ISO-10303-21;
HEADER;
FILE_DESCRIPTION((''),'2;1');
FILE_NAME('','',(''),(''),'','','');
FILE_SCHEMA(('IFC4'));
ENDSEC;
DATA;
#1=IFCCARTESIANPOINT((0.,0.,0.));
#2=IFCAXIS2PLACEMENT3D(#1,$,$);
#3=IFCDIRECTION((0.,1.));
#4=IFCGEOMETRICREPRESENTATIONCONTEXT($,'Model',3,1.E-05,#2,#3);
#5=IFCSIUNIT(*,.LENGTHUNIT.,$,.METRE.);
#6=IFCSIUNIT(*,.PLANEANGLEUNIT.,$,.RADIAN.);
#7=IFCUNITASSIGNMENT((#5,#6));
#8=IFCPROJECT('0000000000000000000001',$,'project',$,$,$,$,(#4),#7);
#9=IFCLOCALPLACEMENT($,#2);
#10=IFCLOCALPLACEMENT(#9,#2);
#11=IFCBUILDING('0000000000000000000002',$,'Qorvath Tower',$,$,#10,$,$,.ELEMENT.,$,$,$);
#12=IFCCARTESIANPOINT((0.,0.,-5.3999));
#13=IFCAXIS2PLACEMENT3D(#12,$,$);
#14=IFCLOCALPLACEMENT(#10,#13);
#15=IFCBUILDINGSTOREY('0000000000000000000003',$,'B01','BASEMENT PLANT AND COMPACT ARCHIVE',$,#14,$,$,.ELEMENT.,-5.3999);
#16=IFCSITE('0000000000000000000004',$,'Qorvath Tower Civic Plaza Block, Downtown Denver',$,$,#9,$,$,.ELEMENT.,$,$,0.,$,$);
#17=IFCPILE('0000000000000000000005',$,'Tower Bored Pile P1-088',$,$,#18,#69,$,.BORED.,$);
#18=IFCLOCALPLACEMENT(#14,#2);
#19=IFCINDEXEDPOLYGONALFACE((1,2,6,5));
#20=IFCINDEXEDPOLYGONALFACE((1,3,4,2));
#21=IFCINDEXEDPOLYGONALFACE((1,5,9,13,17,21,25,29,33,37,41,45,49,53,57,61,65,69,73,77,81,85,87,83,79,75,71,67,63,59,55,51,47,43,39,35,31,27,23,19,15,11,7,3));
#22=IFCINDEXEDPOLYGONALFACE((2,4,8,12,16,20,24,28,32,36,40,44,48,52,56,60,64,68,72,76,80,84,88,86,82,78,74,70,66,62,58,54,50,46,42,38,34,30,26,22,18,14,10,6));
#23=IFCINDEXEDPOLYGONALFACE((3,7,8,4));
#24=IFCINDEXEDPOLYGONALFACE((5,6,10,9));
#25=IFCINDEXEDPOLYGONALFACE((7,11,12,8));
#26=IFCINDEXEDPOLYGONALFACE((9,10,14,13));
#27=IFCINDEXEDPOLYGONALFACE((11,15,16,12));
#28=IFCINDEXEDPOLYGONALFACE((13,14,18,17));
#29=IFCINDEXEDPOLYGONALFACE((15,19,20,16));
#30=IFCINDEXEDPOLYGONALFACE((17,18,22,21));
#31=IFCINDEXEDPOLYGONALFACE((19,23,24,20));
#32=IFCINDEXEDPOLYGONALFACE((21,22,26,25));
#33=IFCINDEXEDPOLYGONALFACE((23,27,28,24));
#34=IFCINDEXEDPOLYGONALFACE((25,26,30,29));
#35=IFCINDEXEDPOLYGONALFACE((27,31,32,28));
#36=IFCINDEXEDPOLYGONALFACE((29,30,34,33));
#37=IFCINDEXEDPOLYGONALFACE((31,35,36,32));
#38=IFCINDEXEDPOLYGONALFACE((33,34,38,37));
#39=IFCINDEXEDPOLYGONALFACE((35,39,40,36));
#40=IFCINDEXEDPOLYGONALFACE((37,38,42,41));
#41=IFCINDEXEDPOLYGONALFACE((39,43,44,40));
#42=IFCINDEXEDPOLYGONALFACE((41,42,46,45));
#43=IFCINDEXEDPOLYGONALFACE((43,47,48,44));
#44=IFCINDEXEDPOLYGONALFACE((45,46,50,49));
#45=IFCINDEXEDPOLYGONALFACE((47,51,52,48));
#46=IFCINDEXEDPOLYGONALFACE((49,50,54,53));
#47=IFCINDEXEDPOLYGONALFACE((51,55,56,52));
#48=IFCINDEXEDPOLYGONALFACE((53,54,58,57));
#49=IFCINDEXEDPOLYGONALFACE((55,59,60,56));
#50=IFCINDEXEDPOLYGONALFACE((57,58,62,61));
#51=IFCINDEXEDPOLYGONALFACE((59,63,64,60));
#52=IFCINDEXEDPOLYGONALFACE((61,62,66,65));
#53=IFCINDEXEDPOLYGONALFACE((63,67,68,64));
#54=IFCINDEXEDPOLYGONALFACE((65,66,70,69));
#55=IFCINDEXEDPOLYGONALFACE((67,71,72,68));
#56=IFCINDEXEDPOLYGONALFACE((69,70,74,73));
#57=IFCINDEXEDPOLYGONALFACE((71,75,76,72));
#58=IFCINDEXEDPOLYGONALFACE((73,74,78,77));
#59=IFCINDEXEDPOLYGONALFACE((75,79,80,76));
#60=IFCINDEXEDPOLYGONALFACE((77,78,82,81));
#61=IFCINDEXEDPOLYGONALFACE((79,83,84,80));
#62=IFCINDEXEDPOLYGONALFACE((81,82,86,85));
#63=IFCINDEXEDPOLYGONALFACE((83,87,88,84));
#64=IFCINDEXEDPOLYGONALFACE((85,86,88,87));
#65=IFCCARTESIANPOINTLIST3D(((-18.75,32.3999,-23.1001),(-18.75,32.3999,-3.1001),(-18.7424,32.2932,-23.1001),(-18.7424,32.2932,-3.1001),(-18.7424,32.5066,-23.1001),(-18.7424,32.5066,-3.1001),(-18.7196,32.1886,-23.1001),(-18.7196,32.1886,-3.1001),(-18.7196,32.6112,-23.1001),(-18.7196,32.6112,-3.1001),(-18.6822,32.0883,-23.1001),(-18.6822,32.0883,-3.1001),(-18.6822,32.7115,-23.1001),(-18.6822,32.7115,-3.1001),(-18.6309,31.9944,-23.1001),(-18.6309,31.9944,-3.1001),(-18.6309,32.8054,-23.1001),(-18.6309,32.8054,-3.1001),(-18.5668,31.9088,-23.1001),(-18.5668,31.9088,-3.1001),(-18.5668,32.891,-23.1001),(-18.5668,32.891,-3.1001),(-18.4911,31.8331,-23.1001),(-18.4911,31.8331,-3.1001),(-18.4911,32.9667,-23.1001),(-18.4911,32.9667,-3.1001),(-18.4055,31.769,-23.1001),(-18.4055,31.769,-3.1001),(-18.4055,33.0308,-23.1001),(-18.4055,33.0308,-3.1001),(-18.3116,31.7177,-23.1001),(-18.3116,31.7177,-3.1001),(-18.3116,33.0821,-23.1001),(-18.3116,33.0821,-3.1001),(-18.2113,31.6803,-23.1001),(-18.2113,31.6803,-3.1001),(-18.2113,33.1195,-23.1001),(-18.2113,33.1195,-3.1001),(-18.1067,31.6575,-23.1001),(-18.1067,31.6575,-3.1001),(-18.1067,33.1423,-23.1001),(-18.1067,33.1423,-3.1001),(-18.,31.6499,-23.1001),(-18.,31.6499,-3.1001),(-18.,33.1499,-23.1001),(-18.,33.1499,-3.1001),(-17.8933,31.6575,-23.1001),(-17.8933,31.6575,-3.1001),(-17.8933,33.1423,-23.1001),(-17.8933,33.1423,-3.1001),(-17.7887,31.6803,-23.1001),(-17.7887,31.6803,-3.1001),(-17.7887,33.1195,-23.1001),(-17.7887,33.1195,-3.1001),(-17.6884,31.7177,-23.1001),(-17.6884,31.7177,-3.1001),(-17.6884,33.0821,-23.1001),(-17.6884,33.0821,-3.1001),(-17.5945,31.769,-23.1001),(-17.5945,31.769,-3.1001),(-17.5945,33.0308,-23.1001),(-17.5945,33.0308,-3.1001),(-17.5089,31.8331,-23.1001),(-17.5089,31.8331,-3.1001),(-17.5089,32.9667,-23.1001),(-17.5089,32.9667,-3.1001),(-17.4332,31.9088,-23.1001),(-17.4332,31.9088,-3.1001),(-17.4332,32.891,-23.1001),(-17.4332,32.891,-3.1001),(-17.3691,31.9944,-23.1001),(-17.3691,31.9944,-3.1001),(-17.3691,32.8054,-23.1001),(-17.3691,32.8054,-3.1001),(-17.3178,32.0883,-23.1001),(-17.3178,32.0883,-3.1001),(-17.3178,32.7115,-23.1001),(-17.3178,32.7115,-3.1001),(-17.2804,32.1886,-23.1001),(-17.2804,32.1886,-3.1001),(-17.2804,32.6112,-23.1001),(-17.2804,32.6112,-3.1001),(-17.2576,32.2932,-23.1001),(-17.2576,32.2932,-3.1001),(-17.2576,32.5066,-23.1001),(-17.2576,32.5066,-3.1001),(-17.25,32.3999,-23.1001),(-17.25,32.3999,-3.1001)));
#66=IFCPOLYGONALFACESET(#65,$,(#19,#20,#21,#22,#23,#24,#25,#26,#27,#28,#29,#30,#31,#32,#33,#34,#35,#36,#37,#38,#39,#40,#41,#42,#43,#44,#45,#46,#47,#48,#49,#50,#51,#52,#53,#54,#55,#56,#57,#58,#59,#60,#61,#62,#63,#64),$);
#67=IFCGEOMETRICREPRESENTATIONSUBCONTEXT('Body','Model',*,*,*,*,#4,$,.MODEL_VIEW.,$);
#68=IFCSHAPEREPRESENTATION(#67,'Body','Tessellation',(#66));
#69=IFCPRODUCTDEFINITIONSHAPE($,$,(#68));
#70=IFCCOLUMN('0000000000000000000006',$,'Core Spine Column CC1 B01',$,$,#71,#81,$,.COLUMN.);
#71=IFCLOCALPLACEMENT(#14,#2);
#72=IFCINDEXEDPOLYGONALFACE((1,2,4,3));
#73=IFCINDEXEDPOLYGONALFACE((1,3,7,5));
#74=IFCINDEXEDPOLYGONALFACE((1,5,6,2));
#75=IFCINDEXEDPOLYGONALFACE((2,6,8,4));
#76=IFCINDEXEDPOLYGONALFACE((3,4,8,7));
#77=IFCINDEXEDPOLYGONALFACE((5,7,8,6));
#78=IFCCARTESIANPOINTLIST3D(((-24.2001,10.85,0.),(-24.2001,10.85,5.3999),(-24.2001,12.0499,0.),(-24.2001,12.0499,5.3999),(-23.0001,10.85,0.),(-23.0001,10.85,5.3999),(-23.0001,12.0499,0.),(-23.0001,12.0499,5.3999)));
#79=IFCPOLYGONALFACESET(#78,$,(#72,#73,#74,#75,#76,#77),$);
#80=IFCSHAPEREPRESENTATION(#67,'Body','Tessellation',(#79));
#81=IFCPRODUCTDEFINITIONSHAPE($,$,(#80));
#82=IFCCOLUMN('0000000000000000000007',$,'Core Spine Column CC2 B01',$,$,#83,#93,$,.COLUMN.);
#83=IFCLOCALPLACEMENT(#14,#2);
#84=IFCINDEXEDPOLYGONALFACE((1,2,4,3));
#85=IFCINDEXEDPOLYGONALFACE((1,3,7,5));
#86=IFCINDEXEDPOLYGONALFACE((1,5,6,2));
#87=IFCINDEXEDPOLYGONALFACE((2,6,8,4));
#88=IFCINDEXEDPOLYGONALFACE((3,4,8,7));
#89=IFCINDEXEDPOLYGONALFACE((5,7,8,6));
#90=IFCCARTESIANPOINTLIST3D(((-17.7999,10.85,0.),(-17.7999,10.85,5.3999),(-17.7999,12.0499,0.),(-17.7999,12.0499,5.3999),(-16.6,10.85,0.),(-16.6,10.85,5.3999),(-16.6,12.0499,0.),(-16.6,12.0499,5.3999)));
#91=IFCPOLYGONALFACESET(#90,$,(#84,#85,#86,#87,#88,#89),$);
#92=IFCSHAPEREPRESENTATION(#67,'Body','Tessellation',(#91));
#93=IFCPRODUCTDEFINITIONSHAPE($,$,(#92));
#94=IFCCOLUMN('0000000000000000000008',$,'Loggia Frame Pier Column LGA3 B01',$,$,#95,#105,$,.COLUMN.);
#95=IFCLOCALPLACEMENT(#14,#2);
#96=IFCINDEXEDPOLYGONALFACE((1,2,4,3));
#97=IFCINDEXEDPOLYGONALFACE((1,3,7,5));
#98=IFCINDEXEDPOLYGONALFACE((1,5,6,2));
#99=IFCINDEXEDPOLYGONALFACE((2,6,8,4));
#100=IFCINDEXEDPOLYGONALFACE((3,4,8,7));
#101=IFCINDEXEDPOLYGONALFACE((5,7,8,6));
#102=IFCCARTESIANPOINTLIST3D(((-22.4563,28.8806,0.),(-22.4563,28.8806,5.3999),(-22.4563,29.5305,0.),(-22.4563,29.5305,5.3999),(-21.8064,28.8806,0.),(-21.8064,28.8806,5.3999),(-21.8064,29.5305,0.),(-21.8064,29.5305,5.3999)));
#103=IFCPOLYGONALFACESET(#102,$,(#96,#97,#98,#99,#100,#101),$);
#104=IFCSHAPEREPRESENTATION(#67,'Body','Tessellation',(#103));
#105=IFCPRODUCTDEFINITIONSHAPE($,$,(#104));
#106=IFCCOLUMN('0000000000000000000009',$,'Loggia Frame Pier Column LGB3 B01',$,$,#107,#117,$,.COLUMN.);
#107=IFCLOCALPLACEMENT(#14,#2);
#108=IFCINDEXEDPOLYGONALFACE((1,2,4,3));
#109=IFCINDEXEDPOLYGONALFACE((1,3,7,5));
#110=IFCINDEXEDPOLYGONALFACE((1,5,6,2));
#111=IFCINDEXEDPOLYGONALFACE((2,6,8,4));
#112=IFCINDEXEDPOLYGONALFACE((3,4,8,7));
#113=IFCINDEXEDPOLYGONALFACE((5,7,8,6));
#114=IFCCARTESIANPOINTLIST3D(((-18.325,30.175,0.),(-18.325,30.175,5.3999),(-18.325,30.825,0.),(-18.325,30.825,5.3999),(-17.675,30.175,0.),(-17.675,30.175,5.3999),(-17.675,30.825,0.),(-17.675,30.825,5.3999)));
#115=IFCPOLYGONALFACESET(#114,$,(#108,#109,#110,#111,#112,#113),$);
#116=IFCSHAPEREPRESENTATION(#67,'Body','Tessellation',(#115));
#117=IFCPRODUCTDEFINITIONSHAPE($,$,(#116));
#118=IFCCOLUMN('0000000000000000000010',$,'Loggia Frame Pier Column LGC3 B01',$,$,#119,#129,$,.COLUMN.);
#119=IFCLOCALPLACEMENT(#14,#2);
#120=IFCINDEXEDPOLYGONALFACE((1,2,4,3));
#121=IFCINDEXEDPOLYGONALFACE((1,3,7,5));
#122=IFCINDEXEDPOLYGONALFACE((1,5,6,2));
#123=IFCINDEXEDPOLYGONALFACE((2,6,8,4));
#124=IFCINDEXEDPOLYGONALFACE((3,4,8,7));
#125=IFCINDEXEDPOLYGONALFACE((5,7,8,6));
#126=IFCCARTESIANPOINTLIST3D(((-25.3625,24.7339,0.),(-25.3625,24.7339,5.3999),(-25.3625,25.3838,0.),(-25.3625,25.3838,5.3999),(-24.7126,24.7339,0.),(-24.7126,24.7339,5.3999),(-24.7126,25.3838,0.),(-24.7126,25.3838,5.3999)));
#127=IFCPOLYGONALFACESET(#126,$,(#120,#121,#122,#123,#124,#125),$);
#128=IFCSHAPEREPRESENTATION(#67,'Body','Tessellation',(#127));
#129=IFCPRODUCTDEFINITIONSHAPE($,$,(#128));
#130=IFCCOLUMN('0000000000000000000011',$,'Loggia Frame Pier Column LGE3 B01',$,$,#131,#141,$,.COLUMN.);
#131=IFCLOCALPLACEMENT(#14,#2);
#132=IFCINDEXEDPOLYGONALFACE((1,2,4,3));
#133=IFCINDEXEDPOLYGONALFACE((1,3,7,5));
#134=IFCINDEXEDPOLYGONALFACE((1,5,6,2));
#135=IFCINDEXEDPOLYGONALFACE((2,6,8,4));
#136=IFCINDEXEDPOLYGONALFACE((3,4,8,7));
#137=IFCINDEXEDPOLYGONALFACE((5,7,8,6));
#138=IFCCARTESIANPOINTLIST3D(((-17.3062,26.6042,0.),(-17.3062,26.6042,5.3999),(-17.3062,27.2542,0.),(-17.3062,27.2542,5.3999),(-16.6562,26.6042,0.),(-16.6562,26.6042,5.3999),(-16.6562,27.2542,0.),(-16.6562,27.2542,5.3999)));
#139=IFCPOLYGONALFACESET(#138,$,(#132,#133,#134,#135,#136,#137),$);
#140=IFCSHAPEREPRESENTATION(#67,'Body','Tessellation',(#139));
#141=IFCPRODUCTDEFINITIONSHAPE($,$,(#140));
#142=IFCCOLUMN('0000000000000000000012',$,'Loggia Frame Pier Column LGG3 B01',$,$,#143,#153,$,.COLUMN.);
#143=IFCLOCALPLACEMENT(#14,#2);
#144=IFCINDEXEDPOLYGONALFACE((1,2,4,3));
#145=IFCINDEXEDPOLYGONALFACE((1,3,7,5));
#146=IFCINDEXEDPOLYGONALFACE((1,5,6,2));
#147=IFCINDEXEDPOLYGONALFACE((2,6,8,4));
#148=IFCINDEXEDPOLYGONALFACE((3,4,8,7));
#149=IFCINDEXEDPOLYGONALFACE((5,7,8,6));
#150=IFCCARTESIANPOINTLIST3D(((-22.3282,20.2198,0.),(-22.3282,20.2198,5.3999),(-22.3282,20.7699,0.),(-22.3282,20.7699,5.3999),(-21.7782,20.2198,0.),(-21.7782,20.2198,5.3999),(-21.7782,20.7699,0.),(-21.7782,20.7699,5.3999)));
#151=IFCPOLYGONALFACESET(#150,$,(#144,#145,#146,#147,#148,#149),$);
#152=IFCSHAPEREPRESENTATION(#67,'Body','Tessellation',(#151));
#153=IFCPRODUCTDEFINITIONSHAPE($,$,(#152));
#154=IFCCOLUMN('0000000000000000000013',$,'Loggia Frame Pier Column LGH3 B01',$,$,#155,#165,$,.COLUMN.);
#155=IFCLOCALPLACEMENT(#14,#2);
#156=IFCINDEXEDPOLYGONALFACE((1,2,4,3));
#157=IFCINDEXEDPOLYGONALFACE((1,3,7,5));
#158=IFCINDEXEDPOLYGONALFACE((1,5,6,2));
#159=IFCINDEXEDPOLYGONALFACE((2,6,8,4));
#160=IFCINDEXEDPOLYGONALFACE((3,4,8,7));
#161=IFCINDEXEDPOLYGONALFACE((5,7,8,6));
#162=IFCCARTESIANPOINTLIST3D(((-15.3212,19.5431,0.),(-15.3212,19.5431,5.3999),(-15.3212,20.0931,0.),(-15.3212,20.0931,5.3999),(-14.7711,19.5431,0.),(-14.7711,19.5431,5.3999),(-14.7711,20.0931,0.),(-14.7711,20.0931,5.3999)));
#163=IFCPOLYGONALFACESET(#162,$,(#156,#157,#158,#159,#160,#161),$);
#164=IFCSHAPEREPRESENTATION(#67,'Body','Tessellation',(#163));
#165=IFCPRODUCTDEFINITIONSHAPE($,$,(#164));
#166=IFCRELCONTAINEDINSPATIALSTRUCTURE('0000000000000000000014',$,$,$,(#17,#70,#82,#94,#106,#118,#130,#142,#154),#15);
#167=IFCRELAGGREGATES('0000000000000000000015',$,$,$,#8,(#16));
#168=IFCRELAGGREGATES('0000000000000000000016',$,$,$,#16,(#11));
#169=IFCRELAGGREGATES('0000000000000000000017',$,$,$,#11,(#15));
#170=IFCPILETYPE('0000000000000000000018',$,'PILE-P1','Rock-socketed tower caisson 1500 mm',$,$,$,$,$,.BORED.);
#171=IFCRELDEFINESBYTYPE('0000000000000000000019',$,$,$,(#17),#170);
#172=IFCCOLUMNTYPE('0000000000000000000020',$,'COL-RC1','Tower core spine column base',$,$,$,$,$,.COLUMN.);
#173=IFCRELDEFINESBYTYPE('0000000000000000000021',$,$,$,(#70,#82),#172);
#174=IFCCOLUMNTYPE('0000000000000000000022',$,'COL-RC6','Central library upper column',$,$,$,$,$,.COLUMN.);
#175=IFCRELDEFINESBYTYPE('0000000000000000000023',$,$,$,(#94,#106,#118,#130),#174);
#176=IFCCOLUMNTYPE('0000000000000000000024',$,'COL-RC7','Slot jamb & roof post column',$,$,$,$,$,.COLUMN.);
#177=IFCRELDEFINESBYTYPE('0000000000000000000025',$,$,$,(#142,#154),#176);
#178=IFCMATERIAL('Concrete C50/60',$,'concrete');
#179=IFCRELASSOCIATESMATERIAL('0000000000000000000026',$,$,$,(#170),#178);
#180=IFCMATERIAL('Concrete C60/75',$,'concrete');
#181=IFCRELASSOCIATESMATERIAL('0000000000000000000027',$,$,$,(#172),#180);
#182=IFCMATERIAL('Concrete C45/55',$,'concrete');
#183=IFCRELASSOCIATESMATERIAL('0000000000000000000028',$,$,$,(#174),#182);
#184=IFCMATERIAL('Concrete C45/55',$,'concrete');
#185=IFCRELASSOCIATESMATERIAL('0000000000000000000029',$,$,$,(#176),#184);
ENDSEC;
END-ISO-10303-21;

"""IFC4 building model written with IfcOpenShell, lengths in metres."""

from ifc_helpers import new_model, si_unit, direction, frame, origin, origin_2d, place, context, subcontext, project, spatial, rectangle, circle, extrude, material, material_profile, profile_set, type_object, element, save


model = new_model("IFC4")

# Units and contexts
model_context = context("Model", 3, precision=1e-05, world=origin(), true_north=direction((0.0, 1.0)))
body_context = subcontext(model_context, "Body", "Model", "MODEL_VIEW")
ifc_project = project(units=[si_unit("LENGTHUNIT", "METRE"), si_unit("PLANEANGLEUNIT", "RADIAN")], contexts=[model_context])

# Site, building, storey
site_placement = place(None, origin())
site = spatial("IfcSite", under=ifc_project, at=site_placement, Name="Qorvath Tower Civic Plaza Block, Downtown Denver", CompositionType="ELEMENT", RefElevation=0.0)
building_placement = place(site_placement, origin())
building = spatial("IfcBuilding", under=site, at=building_placement, Name="Qorvath Tower", CompositionType="ELEMENT")
storey_placement = place(building_placement, frame((0.0, 0.0, -5.3999)))
storey = spatial("IfcBuildingStorey", under=building, at=storey_placement, Name="B01", Description="BASEMENT PLANT AND COMPACT ARCHIVE", CompositionType="ELEMENT", Elevation=-5.3999)

# Pile
ifc_material_1 = material(Name="Concrete C50/60", Category="concrete")
ifc_material_profile_1 = material_profile(ifc_material_1, circle(Radius=0.75, at=origin_2d()), Name="BORED PILE 1500")
ifc_profile_set_1 = profile_set([ifc_material_profile_1], Name="Concrete C50/60")
pile_type = type_object("IfcPileType", Name="PILE-P1", Description="Rock-socketed tower caisson 1500 mm", PredefinedType="BORED", material=ifc_profile_set_1)
for number, where, z_axis, x_axis, name in (
    (1, (-18.0, 32.3999, -3.1001), (0.0, 0.0, -1.0), (1.0, 0.0, 0.0), "Tower Bored Pile P1-088"),
):
    element("IfcPile", number, at=place(storey_placement, frame(where, z_axis=z_axis, x_axis=x_axis)), inside=storey, type_object=pile_type, Name=name, PredefinedType="BORED", context=body_context, shape_type="SweptSolid", body=[
        extrude(circle(Radius=0.75, at=origin_2d()), origin(), (0.0, 0.0, 1.0), 20.0),
    ])

# Columns
ifc_material_2 = material(Name="Concrete C60/75", Category="concrete")
ifc_material_profile_2 = material_profile(ifc_material_2, rectangle(XDim=1.2, YDim=1.2, at=origin_2d()), Name="RC 1200x1200")
ifc_profile_set_2 = profile_set([ifc_material_profile_2], Name="Concrete C60/75")
column_type_1 = type_object("IfcColumnType", Name="COL-RC1", Description="Tower core spine column base", PredefinedType="COLUMN", material=ifc_profile_set_2)
for number, where, z_axis, x_axis, name in (
    (2, (-23.6001, 11.45, 0.0), (0.0, 0.0, 1.0), (1.0, 0.0, 0.0), "Core Spine Column CC1 B01"),
    (3, (-17.2, 11.45, 0.0), (0.0, 0.0, 1.0), (1.0, 0.0, 0.0), "Core Spine Column CC2 B01"),
):
    element("IfcColumn", number, at=place(storey_placement, frame(where, z_axis=z_axis, x_axis=x_axis)), inside=storey, type_object=column_type_1, Name=name, PredefinedType="COLUMN", context=body_context, shape_type="SweptSolid", body=[
        extrude(rectangle(XDim=1.2, YDim=1.2, at=origin_2d()), origin(), (0.0, 0.0, 1.0), 5.3999),
    ])
ifc_material_3 = material(Name="Concrete C45/55", Category="concrete")
ifc_material_profile_3 = material_profile(ifc_material_3, rectangle(XDim=0.6499, YDim=0.6499, at=origin_2d()), Name="RC 650x650")
ifc_profile_set_3 = profile_set([ifc_material_profile_3], Name="Concrete C45/55")
column_type_2 = type_object("IfcColumnType", Name="COL-RC6", Description="Central library upper column", PredefinedType="COLUMN", material=ifc_profile_set_3)
for number, where, z_axis, x_axis, name in (
    (4, (-22.1313, 29.2056, 0.0), (0.0, 0.0, 1.0), (1.0, 0.0, 0.0), "Loggia Frame Pier Column LGA3 B01"),
    (5, (-18.0, 30.5, 0.0), (0.0, 0.0, 1.0), (1.0, 0.0, 0.0), "Loggia Frame Pier Column LGB3 B01"),
    (6, (-25.0376, 25.0588, 0.0), (0.0, 0.0, 1.0), (1.0, 0.0, 0.0), "Loggia Frame Pier Column LGC3 B01"),
    (7, (-16.9812, 26.9292, 0.0), (0.0, 0.0, 1.0), (1.0, 0.0, 0.0), "Loggia Frame Pier Column LGE3 B01"),
):
    element("IfcColumn", number, at=place(storey_placement, frame(where, z_axis=z_axis, x_axis=x_axis)), inside=storey, type_object=column_type_2, Name=name, PredefinedType="COLUMN", context=body_context, shape_type="SweptSolid", body=[
        extrude(rectangle(XDim=0.6499, YDim=0.6499, at=origin_2d()), origin(), (0.0, 0.0, 1.0), 5.3999),
    ])
ifc_material_4 = material(Name="Concrete C45/55", Category="concrete")
ifc_material_profile_4 = material_profile(ifc_material_4, rectangle(XDim=0.55, YDim=0.55, at=origin_2d()), Name="RC 550x550")
ifc_profile_set_4 = profile_set([ifc_material_profile_4], Name="Concrete C45/55")
column_type_3 = type_object("IfcColumnType", Name="COL-RC7", Description="Slot jamb & roof post column", PredefinedType="COLUMN", material=ifc_profile_set_4)
for number, where, z_axis, x_axis, name in (
    (8, (-22.0532, 20.4949, 0.0), (0.0, 0.0, 1.0), (1.0, 0.0, 0.0), "Loggia Frame Pier Column LGG3 B01"),
    (9, (-15.0461, 19.8181, 0.0), (0.0, 0.0, 1.0), (1.0, 0.0, 0.0), "Loggia Frame Pier Column LGH3 B01"),
):
    element("IfcColumn", number, at=place(storey_placement, frame(where, z_axis=z_axis, x_axis=x_axis)), inside=storey, type_object=column_type_3, Name=name, PredefinedType="COLUMN", context=body_context, shape_type="SweptSolid", body=[
        extrude(rectangle(XDim=0.55, YDim=0.55, at=origin_2d()), origin(), (0.0, 0.0, 1.0), 5.3999),
    ])

save(model, "model.ifc")
